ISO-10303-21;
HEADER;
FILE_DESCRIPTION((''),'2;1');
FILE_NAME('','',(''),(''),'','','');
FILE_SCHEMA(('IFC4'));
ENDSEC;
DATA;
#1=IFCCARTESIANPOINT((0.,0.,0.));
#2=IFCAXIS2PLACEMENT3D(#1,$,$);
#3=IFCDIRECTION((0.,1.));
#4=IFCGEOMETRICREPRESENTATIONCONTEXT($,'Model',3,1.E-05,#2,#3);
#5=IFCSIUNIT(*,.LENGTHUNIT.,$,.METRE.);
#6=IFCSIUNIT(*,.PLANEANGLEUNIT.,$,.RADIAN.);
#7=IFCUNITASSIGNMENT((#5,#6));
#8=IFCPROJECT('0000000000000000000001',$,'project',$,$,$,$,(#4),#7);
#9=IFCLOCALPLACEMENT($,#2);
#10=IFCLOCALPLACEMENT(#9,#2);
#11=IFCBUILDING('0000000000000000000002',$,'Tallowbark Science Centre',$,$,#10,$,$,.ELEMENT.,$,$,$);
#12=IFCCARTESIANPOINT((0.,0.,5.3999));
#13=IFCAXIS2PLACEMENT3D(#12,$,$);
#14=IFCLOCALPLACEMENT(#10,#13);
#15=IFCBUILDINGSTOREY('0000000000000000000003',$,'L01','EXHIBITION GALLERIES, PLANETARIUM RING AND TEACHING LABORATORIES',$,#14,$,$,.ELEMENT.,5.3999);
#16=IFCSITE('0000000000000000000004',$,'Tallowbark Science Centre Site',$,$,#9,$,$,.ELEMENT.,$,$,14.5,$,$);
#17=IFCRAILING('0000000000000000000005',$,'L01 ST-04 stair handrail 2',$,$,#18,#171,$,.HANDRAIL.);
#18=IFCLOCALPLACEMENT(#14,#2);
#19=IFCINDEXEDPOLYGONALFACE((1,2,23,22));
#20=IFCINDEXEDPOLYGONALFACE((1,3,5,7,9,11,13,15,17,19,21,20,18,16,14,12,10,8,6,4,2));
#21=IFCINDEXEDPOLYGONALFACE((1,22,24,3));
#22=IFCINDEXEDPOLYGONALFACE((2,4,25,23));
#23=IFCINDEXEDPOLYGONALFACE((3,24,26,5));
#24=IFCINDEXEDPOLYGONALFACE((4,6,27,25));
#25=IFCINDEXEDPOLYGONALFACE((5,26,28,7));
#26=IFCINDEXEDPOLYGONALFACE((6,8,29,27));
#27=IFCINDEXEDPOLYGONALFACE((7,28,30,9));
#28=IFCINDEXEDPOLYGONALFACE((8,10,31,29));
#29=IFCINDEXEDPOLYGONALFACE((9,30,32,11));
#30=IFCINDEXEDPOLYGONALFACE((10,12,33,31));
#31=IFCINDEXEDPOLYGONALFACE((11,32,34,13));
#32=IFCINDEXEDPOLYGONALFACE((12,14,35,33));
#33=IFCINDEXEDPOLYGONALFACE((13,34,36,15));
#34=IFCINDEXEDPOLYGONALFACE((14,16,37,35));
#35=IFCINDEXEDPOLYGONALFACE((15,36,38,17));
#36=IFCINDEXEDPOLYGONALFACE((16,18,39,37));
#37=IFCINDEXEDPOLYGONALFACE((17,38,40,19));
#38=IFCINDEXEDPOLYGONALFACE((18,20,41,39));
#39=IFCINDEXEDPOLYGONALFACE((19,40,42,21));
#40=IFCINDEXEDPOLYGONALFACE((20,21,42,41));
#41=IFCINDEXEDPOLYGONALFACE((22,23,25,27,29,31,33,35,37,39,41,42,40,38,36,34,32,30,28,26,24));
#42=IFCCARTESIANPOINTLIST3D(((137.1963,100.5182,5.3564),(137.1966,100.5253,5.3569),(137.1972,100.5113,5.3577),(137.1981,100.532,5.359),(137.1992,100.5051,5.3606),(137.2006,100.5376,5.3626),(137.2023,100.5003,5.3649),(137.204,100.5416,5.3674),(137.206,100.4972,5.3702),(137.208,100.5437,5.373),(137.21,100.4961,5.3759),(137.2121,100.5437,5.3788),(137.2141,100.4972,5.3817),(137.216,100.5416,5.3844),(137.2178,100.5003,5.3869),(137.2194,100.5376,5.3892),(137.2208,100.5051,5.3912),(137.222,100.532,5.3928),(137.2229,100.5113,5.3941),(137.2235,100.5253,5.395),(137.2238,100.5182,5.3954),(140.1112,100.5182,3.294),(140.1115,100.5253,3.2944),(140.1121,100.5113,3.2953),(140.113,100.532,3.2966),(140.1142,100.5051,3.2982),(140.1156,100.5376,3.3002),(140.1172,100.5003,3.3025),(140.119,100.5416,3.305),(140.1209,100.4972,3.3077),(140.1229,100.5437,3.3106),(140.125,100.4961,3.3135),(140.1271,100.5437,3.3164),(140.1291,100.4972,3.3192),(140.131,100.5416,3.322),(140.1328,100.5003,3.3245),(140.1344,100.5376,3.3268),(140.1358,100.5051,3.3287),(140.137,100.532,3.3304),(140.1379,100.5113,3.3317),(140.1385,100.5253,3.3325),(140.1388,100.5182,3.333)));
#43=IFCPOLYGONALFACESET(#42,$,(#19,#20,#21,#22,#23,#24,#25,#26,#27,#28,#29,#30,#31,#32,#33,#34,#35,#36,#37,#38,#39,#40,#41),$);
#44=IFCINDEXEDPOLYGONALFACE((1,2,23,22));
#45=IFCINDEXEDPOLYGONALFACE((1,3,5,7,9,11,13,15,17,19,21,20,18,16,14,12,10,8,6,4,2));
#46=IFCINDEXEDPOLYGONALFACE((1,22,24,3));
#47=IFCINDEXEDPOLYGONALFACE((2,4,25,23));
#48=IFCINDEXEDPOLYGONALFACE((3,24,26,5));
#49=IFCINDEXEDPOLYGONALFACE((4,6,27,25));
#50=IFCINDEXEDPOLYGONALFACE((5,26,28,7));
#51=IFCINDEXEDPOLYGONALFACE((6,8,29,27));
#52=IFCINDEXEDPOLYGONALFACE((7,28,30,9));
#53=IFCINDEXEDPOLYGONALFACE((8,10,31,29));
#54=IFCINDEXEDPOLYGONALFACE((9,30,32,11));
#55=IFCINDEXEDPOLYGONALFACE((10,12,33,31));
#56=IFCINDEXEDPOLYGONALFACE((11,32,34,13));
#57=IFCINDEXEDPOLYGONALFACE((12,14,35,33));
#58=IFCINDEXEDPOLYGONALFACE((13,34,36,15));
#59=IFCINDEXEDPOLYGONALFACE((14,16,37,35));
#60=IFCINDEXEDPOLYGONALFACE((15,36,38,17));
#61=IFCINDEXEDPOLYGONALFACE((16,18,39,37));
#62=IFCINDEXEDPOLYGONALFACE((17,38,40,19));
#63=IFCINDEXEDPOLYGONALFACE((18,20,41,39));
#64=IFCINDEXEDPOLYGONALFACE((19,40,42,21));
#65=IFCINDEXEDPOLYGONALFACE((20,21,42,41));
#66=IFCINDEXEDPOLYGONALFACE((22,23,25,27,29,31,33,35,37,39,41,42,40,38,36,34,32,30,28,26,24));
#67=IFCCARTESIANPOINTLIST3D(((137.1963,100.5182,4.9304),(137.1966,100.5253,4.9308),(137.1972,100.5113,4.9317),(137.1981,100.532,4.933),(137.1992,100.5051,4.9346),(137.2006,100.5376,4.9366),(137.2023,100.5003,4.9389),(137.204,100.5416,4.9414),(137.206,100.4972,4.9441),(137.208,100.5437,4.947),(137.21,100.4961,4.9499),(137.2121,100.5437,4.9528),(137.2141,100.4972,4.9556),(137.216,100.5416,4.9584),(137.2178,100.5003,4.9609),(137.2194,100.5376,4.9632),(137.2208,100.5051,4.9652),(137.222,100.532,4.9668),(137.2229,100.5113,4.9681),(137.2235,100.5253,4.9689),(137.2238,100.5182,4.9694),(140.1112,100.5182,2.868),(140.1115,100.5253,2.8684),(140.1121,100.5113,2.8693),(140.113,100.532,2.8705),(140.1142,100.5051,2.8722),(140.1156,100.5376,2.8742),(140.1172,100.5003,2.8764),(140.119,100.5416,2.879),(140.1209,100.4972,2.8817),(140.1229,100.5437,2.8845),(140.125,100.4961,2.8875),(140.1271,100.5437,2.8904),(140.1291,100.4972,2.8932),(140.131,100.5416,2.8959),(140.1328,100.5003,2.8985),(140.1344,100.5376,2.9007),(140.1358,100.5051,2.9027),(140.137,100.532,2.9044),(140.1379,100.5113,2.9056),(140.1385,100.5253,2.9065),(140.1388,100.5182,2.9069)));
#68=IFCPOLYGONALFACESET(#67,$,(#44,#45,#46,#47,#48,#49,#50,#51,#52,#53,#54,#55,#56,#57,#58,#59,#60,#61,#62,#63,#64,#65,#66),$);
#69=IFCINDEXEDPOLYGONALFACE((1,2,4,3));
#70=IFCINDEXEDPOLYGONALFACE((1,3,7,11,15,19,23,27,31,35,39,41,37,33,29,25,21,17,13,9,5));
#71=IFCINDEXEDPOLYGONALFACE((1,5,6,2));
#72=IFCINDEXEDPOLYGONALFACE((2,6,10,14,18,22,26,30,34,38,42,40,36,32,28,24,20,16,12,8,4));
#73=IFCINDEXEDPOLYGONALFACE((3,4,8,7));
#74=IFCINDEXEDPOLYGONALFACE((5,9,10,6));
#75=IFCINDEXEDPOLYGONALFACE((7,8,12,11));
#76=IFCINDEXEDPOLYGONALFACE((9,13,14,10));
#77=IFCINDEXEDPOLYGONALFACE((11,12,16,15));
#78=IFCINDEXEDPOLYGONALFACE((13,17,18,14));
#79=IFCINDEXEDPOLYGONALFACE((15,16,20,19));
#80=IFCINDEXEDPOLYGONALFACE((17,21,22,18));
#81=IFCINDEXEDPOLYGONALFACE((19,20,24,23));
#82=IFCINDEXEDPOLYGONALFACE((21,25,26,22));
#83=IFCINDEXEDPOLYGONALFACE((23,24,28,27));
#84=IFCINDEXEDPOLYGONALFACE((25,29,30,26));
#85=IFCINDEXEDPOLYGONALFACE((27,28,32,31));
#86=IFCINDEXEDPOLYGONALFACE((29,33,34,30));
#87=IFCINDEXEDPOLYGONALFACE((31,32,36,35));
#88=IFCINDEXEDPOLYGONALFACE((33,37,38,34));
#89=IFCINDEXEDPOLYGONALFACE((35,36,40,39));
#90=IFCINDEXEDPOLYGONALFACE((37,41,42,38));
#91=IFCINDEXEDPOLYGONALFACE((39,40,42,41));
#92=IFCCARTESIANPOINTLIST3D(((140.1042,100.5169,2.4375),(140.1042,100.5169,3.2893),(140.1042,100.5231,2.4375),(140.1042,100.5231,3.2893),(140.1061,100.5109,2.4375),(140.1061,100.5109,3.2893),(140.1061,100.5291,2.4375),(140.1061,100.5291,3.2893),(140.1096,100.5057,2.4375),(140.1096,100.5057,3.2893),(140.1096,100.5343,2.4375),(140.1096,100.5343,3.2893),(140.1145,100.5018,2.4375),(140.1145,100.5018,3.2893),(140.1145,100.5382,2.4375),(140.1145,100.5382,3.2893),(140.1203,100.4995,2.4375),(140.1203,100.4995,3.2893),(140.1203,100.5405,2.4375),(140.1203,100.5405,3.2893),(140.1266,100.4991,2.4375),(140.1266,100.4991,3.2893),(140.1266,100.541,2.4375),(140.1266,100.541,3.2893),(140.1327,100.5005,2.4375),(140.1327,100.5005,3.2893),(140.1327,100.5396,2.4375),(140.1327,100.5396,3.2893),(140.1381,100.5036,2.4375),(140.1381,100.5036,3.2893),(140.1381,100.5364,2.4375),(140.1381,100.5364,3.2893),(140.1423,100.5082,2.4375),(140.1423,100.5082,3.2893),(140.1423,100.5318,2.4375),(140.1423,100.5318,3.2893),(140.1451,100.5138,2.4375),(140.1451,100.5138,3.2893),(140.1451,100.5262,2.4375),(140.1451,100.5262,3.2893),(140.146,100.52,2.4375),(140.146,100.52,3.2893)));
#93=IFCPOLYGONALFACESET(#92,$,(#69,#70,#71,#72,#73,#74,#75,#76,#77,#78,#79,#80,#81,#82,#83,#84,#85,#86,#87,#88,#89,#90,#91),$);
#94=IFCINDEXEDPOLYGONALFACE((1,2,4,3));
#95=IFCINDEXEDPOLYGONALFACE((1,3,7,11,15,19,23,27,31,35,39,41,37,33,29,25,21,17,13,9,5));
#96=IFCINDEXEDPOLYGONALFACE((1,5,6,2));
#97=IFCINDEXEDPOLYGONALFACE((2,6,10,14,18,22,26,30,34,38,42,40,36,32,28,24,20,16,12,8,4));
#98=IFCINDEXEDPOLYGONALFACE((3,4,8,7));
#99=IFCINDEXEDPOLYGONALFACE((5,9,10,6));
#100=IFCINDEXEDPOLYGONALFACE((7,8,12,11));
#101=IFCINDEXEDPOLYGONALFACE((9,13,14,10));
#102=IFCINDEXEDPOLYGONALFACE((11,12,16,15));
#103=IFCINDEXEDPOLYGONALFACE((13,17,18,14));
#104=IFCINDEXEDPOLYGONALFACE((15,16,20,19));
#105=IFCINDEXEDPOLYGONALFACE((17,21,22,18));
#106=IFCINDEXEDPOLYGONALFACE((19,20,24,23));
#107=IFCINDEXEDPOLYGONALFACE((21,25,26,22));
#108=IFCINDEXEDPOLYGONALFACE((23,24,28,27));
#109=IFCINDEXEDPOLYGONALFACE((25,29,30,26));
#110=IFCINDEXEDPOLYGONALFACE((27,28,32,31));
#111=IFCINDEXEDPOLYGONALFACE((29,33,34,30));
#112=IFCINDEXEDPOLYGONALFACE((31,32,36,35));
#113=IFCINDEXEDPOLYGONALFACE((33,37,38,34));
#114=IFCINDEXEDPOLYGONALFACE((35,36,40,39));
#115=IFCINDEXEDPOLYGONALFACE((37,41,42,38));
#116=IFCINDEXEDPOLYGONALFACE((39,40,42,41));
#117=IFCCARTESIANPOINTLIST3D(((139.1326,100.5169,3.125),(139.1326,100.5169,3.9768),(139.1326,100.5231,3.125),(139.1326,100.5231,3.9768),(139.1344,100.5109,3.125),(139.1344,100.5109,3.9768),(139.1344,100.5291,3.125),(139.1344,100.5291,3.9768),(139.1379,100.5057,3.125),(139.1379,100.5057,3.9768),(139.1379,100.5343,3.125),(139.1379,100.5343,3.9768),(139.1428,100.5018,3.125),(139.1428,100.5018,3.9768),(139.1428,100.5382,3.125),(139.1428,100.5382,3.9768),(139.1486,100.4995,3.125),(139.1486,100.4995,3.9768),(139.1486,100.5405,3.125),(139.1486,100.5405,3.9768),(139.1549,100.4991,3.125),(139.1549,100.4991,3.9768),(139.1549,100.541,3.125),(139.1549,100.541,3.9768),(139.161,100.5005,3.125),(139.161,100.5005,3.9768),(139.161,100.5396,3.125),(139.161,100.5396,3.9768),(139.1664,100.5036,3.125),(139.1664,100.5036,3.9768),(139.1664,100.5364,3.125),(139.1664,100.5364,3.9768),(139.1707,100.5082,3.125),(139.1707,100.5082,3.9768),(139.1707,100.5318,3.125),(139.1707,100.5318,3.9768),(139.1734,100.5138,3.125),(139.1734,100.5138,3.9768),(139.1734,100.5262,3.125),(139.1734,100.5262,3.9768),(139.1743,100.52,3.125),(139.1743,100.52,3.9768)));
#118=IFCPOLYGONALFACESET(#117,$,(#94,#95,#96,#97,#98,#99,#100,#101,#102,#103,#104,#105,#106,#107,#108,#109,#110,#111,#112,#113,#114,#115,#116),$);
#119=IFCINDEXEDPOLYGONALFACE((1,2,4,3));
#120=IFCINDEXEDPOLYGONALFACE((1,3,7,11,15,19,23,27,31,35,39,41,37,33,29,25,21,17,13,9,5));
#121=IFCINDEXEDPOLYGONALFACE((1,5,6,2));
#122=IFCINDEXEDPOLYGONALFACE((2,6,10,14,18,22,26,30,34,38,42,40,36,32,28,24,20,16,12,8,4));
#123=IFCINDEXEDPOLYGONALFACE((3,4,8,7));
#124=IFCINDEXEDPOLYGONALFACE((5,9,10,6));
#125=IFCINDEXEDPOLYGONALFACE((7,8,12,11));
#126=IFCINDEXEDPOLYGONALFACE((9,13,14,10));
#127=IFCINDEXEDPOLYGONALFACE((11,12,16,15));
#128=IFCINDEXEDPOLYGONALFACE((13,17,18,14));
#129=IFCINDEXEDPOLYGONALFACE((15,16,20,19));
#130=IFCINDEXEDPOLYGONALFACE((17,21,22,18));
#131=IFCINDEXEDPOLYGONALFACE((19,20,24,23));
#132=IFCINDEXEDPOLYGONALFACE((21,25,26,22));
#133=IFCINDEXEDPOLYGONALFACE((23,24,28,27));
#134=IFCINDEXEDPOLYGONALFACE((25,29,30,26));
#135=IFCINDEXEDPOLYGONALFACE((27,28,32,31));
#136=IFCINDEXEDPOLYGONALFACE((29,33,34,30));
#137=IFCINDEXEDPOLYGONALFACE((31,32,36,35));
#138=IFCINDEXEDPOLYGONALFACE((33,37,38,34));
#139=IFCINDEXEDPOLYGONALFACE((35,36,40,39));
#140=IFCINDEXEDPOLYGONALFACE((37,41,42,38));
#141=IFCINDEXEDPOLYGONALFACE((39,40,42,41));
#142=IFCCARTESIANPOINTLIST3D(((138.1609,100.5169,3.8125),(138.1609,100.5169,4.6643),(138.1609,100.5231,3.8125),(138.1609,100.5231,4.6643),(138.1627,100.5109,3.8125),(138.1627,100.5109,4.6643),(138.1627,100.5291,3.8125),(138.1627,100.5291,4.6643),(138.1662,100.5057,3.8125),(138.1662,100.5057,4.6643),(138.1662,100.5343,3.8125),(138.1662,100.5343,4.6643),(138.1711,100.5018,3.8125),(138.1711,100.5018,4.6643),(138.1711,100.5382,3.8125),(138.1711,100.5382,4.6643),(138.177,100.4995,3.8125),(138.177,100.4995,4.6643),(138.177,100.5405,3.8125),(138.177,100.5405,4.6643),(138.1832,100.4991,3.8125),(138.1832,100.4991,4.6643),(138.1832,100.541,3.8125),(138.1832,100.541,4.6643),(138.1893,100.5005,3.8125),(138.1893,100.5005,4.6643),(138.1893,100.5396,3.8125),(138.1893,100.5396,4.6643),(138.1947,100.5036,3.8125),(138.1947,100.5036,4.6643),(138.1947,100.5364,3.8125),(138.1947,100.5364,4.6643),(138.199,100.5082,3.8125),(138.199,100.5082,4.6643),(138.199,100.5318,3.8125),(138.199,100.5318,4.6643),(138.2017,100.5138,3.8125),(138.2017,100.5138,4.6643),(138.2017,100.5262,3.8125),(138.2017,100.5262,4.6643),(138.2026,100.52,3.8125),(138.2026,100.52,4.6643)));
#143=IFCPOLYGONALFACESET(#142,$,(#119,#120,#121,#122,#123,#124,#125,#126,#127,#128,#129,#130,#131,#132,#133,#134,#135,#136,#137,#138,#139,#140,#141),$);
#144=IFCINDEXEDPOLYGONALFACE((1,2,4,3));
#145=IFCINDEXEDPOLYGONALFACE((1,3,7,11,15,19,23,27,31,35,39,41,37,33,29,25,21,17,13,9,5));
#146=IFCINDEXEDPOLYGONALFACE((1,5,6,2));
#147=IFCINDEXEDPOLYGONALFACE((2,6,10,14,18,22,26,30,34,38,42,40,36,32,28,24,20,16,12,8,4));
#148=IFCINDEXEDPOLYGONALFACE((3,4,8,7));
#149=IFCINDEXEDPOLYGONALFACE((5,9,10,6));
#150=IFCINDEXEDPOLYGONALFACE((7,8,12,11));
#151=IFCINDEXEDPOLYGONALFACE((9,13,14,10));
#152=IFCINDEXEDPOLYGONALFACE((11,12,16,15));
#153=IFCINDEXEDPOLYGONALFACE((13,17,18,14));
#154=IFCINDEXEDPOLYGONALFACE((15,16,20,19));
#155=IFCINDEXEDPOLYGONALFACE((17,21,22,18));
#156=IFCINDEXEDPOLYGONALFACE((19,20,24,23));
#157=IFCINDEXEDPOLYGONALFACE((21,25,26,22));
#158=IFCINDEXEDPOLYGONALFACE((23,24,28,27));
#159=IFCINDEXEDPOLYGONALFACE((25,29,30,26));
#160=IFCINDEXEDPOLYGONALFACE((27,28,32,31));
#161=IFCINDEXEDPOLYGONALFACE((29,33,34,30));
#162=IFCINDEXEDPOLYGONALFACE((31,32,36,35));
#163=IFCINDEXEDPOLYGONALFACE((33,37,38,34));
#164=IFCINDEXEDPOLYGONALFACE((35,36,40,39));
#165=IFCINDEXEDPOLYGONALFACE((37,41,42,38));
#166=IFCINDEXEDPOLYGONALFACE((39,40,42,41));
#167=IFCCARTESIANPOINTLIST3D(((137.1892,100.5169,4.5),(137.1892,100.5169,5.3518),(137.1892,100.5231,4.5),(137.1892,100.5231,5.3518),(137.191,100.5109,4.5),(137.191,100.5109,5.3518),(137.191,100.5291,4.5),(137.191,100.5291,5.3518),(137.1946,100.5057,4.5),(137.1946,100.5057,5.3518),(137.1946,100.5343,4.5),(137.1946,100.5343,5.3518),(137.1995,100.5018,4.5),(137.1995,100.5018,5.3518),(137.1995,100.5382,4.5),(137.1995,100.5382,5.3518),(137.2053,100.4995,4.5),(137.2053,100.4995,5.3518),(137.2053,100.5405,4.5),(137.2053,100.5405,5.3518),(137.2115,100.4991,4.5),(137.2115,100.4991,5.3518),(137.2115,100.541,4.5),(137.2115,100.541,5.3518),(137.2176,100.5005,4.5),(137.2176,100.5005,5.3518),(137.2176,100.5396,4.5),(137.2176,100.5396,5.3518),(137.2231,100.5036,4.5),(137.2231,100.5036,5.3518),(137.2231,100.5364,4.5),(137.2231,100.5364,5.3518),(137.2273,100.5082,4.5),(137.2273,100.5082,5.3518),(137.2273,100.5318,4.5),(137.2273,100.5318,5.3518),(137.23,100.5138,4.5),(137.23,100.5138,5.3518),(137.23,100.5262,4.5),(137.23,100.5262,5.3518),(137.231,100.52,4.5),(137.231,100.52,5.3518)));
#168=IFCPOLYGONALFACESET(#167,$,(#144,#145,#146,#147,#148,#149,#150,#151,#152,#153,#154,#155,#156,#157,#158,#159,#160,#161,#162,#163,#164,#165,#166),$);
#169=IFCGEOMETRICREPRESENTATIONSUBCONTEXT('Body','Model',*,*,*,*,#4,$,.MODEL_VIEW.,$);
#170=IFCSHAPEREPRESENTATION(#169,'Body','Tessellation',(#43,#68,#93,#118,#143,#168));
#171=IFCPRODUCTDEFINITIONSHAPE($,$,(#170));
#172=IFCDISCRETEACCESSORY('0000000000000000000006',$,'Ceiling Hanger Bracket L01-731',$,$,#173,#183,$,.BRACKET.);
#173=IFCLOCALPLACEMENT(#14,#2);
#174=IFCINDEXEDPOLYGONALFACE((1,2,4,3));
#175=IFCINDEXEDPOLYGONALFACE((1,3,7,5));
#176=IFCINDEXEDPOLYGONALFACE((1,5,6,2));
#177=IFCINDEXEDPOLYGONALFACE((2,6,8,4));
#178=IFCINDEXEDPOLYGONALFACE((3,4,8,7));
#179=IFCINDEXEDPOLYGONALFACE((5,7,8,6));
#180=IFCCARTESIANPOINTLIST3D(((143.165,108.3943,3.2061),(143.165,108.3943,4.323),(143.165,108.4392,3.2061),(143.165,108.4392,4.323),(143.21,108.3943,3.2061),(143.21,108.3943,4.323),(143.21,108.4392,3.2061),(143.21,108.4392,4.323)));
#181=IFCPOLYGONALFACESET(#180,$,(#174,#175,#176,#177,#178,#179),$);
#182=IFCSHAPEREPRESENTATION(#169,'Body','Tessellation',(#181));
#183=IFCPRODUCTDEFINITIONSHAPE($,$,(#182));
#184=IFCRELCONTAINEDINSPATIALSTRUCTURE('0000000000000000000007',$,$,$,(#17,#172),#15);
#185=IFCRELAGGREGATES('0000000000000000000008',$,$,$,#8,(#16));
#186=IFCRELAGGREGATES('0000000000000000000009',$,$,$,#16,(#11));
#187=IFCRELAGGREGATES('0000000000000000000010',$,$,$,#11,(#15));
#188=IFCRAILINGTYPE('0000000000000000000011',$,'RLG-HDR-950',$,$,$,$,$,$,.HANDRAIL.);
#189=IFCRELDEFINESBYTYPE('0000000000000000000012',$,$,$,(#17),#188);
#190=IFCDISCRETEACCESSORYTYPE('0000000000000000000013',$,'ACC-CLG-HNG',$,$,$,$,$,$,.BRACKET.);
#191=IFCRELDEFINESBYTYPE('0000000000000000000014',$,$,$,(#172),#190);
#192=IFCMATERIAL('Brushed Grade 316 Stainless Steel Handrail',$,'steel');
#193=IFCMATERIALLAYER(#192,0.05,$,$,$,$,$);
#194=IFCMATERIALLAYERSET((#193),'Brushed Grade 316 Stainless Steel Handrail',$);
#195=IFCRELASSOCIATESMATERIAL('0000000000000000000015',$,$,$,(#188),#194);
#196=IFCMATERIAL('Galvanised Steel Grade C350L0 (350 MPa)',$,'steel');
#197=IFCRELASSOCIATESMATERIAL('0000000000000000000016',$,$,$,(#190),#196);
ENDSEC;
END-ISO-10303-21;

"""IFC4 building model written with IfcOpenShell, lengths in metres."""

from ifc_helpers import new_model, si_unit, direction, frame, origin, origin_2d, place, context, subcontext, project, spatial, rectangle, circle, extrude, material, layer, layer_set, type_object, element, save


model = new_model("IFC4")

# Units and contexts
model_context = context("Model", 3, precision=1e-05, world=origin(), true_north=direction((0.0, 1.0)))
body_context = subcontext(model_context, "Body", "Model", "MODEL_VIEW")
ifc_project = project(units=[si_unit("LENGTHUNIT", "METRE"), si_unit("PLANEANGLEUNIT", "RADIAN")], contexts=[model_context])

# Site, building, storey
site_placement = place(None, origin())
site = spatial("IfcSite", under=ifc_project, at=site_placement, Name="Tallowbark Science Centre Site", CompositionType="ELEMENT", RefElevation=14.5)
building_placement = place(site_placement, origin())
building = spatial("IfcBuilding", under=site, at=building_placement, Name="Tallowbark Science Centre", CompositionType="ELEMENT")
storey_placement = place(building_placement, frame((0.0, 0.0, 5.3999)))
storey = spatial("IfcBuildingStorey", under=building, at=storey_placement, Name="L01", Description="EXHIBITION GALLERIES, PLANETARIUM RING AND TEACHING LABORATORIES", CompositionType="ELEMENT", Elevation=5.3999)

# Railing
ifc_material_1 = material(Name="Brushed Grade 316 Stainless Steel Handrail", Category="steel")
ifc_layer_1 = layer(ifc_material_1, 0.05)
ifc_layer_set_1 = layer_set([ifc_layer_1], Name="Brushed Grade 316 Stainless Steel Handrail")
railing_type = type_object("IfcRailingType", Name="RLG-HDR-950", PredefinedType="HANDRAIL", material=ifc_layer_set_1)
railing_placement = place(storey_placement, frame((140.125, 100.52, 2.4375)))
element("IfcRailing", 1, at=railing_placement, inside=storey, type_object=railing_type, Name="L01 ST-04 stair handrail 2", PredefinedType="HANDRAIL", context=body_context, shape_type="SweptSolid", body=[
    extrude(circle(Radius=0.0239, at=origin_2d()), frame((0.0, 0.0, 0.876), z_axis=(-0.816331, 0.0, 0.577585), x_axis=(0.0, -1.0, 0.0)), (0.0, 0.0, 1.0), 3.5708),
    extrude(circle(Radius=0.0239, at=origin_2d()), frame((0.0, 0.0, 0.45), z_axis=(-0.816331, 0.0, 0.577585), x_axis=(0.0, -1.0, 0.0)), (0.0, 0.0, 1.0), 3.5708),
    extrude(circle(Radius=0.021, at=origin_2d()), origin(), (0.0, 0.0, 1.0), 0.8518),
    extrude(circle(Radius=0.021, at=origin_2d()), frame((-0.9717, 0.0, 0.6875)), (0.0, 0.0, 1.0), 0.8518),
    extrude(circle(Radius=0.021, at=origin_2d()), frame((-1.9434, 0.0, 1.375)), (0.0, 0.0, 1.0), 0.8518),
    extrude(circle(Radius=0.021, at=origin_2d()), frame((-2.915, 0.0, 2.0625)), (0.0, 0.0, 1.0), 0.8518),
])

# Discrete accessory
ifc_material_2 = material(Name="Galvanised Steel Grade C350L0 (350 MPa)", Category="steel")
discrete_accessory_type = type_object("IfcDiscreteAccessoryType", Name="ACC-CLG-HNG", PredefinedType="BRACKET", material=ifc_material_2)
discrete_accessory_placement = place(storey_placement, frame((143.1875, 108.4167, 3.2061), z_axis=(0.0, 0.0, 1.0), x_axis=(1.0, 0.0, 0.0)))
element("IfcDiscreteAccessory", 2, at=discrete_accessory_placement, inside=storey, type_object=discrete_accessory_type, Name="Ceiling Hanger Bracket L01-731", PredefinedType="BRACKET", context=body_context, shape_type="SweptSolid", body=[
    extrude(rectangle(XDim=0.0449, YDim=0.0449, at=origin_2d()), origin(), (0.0, 0.0, 1.0), 1.1169),
])

save(model, "model.ifc")
